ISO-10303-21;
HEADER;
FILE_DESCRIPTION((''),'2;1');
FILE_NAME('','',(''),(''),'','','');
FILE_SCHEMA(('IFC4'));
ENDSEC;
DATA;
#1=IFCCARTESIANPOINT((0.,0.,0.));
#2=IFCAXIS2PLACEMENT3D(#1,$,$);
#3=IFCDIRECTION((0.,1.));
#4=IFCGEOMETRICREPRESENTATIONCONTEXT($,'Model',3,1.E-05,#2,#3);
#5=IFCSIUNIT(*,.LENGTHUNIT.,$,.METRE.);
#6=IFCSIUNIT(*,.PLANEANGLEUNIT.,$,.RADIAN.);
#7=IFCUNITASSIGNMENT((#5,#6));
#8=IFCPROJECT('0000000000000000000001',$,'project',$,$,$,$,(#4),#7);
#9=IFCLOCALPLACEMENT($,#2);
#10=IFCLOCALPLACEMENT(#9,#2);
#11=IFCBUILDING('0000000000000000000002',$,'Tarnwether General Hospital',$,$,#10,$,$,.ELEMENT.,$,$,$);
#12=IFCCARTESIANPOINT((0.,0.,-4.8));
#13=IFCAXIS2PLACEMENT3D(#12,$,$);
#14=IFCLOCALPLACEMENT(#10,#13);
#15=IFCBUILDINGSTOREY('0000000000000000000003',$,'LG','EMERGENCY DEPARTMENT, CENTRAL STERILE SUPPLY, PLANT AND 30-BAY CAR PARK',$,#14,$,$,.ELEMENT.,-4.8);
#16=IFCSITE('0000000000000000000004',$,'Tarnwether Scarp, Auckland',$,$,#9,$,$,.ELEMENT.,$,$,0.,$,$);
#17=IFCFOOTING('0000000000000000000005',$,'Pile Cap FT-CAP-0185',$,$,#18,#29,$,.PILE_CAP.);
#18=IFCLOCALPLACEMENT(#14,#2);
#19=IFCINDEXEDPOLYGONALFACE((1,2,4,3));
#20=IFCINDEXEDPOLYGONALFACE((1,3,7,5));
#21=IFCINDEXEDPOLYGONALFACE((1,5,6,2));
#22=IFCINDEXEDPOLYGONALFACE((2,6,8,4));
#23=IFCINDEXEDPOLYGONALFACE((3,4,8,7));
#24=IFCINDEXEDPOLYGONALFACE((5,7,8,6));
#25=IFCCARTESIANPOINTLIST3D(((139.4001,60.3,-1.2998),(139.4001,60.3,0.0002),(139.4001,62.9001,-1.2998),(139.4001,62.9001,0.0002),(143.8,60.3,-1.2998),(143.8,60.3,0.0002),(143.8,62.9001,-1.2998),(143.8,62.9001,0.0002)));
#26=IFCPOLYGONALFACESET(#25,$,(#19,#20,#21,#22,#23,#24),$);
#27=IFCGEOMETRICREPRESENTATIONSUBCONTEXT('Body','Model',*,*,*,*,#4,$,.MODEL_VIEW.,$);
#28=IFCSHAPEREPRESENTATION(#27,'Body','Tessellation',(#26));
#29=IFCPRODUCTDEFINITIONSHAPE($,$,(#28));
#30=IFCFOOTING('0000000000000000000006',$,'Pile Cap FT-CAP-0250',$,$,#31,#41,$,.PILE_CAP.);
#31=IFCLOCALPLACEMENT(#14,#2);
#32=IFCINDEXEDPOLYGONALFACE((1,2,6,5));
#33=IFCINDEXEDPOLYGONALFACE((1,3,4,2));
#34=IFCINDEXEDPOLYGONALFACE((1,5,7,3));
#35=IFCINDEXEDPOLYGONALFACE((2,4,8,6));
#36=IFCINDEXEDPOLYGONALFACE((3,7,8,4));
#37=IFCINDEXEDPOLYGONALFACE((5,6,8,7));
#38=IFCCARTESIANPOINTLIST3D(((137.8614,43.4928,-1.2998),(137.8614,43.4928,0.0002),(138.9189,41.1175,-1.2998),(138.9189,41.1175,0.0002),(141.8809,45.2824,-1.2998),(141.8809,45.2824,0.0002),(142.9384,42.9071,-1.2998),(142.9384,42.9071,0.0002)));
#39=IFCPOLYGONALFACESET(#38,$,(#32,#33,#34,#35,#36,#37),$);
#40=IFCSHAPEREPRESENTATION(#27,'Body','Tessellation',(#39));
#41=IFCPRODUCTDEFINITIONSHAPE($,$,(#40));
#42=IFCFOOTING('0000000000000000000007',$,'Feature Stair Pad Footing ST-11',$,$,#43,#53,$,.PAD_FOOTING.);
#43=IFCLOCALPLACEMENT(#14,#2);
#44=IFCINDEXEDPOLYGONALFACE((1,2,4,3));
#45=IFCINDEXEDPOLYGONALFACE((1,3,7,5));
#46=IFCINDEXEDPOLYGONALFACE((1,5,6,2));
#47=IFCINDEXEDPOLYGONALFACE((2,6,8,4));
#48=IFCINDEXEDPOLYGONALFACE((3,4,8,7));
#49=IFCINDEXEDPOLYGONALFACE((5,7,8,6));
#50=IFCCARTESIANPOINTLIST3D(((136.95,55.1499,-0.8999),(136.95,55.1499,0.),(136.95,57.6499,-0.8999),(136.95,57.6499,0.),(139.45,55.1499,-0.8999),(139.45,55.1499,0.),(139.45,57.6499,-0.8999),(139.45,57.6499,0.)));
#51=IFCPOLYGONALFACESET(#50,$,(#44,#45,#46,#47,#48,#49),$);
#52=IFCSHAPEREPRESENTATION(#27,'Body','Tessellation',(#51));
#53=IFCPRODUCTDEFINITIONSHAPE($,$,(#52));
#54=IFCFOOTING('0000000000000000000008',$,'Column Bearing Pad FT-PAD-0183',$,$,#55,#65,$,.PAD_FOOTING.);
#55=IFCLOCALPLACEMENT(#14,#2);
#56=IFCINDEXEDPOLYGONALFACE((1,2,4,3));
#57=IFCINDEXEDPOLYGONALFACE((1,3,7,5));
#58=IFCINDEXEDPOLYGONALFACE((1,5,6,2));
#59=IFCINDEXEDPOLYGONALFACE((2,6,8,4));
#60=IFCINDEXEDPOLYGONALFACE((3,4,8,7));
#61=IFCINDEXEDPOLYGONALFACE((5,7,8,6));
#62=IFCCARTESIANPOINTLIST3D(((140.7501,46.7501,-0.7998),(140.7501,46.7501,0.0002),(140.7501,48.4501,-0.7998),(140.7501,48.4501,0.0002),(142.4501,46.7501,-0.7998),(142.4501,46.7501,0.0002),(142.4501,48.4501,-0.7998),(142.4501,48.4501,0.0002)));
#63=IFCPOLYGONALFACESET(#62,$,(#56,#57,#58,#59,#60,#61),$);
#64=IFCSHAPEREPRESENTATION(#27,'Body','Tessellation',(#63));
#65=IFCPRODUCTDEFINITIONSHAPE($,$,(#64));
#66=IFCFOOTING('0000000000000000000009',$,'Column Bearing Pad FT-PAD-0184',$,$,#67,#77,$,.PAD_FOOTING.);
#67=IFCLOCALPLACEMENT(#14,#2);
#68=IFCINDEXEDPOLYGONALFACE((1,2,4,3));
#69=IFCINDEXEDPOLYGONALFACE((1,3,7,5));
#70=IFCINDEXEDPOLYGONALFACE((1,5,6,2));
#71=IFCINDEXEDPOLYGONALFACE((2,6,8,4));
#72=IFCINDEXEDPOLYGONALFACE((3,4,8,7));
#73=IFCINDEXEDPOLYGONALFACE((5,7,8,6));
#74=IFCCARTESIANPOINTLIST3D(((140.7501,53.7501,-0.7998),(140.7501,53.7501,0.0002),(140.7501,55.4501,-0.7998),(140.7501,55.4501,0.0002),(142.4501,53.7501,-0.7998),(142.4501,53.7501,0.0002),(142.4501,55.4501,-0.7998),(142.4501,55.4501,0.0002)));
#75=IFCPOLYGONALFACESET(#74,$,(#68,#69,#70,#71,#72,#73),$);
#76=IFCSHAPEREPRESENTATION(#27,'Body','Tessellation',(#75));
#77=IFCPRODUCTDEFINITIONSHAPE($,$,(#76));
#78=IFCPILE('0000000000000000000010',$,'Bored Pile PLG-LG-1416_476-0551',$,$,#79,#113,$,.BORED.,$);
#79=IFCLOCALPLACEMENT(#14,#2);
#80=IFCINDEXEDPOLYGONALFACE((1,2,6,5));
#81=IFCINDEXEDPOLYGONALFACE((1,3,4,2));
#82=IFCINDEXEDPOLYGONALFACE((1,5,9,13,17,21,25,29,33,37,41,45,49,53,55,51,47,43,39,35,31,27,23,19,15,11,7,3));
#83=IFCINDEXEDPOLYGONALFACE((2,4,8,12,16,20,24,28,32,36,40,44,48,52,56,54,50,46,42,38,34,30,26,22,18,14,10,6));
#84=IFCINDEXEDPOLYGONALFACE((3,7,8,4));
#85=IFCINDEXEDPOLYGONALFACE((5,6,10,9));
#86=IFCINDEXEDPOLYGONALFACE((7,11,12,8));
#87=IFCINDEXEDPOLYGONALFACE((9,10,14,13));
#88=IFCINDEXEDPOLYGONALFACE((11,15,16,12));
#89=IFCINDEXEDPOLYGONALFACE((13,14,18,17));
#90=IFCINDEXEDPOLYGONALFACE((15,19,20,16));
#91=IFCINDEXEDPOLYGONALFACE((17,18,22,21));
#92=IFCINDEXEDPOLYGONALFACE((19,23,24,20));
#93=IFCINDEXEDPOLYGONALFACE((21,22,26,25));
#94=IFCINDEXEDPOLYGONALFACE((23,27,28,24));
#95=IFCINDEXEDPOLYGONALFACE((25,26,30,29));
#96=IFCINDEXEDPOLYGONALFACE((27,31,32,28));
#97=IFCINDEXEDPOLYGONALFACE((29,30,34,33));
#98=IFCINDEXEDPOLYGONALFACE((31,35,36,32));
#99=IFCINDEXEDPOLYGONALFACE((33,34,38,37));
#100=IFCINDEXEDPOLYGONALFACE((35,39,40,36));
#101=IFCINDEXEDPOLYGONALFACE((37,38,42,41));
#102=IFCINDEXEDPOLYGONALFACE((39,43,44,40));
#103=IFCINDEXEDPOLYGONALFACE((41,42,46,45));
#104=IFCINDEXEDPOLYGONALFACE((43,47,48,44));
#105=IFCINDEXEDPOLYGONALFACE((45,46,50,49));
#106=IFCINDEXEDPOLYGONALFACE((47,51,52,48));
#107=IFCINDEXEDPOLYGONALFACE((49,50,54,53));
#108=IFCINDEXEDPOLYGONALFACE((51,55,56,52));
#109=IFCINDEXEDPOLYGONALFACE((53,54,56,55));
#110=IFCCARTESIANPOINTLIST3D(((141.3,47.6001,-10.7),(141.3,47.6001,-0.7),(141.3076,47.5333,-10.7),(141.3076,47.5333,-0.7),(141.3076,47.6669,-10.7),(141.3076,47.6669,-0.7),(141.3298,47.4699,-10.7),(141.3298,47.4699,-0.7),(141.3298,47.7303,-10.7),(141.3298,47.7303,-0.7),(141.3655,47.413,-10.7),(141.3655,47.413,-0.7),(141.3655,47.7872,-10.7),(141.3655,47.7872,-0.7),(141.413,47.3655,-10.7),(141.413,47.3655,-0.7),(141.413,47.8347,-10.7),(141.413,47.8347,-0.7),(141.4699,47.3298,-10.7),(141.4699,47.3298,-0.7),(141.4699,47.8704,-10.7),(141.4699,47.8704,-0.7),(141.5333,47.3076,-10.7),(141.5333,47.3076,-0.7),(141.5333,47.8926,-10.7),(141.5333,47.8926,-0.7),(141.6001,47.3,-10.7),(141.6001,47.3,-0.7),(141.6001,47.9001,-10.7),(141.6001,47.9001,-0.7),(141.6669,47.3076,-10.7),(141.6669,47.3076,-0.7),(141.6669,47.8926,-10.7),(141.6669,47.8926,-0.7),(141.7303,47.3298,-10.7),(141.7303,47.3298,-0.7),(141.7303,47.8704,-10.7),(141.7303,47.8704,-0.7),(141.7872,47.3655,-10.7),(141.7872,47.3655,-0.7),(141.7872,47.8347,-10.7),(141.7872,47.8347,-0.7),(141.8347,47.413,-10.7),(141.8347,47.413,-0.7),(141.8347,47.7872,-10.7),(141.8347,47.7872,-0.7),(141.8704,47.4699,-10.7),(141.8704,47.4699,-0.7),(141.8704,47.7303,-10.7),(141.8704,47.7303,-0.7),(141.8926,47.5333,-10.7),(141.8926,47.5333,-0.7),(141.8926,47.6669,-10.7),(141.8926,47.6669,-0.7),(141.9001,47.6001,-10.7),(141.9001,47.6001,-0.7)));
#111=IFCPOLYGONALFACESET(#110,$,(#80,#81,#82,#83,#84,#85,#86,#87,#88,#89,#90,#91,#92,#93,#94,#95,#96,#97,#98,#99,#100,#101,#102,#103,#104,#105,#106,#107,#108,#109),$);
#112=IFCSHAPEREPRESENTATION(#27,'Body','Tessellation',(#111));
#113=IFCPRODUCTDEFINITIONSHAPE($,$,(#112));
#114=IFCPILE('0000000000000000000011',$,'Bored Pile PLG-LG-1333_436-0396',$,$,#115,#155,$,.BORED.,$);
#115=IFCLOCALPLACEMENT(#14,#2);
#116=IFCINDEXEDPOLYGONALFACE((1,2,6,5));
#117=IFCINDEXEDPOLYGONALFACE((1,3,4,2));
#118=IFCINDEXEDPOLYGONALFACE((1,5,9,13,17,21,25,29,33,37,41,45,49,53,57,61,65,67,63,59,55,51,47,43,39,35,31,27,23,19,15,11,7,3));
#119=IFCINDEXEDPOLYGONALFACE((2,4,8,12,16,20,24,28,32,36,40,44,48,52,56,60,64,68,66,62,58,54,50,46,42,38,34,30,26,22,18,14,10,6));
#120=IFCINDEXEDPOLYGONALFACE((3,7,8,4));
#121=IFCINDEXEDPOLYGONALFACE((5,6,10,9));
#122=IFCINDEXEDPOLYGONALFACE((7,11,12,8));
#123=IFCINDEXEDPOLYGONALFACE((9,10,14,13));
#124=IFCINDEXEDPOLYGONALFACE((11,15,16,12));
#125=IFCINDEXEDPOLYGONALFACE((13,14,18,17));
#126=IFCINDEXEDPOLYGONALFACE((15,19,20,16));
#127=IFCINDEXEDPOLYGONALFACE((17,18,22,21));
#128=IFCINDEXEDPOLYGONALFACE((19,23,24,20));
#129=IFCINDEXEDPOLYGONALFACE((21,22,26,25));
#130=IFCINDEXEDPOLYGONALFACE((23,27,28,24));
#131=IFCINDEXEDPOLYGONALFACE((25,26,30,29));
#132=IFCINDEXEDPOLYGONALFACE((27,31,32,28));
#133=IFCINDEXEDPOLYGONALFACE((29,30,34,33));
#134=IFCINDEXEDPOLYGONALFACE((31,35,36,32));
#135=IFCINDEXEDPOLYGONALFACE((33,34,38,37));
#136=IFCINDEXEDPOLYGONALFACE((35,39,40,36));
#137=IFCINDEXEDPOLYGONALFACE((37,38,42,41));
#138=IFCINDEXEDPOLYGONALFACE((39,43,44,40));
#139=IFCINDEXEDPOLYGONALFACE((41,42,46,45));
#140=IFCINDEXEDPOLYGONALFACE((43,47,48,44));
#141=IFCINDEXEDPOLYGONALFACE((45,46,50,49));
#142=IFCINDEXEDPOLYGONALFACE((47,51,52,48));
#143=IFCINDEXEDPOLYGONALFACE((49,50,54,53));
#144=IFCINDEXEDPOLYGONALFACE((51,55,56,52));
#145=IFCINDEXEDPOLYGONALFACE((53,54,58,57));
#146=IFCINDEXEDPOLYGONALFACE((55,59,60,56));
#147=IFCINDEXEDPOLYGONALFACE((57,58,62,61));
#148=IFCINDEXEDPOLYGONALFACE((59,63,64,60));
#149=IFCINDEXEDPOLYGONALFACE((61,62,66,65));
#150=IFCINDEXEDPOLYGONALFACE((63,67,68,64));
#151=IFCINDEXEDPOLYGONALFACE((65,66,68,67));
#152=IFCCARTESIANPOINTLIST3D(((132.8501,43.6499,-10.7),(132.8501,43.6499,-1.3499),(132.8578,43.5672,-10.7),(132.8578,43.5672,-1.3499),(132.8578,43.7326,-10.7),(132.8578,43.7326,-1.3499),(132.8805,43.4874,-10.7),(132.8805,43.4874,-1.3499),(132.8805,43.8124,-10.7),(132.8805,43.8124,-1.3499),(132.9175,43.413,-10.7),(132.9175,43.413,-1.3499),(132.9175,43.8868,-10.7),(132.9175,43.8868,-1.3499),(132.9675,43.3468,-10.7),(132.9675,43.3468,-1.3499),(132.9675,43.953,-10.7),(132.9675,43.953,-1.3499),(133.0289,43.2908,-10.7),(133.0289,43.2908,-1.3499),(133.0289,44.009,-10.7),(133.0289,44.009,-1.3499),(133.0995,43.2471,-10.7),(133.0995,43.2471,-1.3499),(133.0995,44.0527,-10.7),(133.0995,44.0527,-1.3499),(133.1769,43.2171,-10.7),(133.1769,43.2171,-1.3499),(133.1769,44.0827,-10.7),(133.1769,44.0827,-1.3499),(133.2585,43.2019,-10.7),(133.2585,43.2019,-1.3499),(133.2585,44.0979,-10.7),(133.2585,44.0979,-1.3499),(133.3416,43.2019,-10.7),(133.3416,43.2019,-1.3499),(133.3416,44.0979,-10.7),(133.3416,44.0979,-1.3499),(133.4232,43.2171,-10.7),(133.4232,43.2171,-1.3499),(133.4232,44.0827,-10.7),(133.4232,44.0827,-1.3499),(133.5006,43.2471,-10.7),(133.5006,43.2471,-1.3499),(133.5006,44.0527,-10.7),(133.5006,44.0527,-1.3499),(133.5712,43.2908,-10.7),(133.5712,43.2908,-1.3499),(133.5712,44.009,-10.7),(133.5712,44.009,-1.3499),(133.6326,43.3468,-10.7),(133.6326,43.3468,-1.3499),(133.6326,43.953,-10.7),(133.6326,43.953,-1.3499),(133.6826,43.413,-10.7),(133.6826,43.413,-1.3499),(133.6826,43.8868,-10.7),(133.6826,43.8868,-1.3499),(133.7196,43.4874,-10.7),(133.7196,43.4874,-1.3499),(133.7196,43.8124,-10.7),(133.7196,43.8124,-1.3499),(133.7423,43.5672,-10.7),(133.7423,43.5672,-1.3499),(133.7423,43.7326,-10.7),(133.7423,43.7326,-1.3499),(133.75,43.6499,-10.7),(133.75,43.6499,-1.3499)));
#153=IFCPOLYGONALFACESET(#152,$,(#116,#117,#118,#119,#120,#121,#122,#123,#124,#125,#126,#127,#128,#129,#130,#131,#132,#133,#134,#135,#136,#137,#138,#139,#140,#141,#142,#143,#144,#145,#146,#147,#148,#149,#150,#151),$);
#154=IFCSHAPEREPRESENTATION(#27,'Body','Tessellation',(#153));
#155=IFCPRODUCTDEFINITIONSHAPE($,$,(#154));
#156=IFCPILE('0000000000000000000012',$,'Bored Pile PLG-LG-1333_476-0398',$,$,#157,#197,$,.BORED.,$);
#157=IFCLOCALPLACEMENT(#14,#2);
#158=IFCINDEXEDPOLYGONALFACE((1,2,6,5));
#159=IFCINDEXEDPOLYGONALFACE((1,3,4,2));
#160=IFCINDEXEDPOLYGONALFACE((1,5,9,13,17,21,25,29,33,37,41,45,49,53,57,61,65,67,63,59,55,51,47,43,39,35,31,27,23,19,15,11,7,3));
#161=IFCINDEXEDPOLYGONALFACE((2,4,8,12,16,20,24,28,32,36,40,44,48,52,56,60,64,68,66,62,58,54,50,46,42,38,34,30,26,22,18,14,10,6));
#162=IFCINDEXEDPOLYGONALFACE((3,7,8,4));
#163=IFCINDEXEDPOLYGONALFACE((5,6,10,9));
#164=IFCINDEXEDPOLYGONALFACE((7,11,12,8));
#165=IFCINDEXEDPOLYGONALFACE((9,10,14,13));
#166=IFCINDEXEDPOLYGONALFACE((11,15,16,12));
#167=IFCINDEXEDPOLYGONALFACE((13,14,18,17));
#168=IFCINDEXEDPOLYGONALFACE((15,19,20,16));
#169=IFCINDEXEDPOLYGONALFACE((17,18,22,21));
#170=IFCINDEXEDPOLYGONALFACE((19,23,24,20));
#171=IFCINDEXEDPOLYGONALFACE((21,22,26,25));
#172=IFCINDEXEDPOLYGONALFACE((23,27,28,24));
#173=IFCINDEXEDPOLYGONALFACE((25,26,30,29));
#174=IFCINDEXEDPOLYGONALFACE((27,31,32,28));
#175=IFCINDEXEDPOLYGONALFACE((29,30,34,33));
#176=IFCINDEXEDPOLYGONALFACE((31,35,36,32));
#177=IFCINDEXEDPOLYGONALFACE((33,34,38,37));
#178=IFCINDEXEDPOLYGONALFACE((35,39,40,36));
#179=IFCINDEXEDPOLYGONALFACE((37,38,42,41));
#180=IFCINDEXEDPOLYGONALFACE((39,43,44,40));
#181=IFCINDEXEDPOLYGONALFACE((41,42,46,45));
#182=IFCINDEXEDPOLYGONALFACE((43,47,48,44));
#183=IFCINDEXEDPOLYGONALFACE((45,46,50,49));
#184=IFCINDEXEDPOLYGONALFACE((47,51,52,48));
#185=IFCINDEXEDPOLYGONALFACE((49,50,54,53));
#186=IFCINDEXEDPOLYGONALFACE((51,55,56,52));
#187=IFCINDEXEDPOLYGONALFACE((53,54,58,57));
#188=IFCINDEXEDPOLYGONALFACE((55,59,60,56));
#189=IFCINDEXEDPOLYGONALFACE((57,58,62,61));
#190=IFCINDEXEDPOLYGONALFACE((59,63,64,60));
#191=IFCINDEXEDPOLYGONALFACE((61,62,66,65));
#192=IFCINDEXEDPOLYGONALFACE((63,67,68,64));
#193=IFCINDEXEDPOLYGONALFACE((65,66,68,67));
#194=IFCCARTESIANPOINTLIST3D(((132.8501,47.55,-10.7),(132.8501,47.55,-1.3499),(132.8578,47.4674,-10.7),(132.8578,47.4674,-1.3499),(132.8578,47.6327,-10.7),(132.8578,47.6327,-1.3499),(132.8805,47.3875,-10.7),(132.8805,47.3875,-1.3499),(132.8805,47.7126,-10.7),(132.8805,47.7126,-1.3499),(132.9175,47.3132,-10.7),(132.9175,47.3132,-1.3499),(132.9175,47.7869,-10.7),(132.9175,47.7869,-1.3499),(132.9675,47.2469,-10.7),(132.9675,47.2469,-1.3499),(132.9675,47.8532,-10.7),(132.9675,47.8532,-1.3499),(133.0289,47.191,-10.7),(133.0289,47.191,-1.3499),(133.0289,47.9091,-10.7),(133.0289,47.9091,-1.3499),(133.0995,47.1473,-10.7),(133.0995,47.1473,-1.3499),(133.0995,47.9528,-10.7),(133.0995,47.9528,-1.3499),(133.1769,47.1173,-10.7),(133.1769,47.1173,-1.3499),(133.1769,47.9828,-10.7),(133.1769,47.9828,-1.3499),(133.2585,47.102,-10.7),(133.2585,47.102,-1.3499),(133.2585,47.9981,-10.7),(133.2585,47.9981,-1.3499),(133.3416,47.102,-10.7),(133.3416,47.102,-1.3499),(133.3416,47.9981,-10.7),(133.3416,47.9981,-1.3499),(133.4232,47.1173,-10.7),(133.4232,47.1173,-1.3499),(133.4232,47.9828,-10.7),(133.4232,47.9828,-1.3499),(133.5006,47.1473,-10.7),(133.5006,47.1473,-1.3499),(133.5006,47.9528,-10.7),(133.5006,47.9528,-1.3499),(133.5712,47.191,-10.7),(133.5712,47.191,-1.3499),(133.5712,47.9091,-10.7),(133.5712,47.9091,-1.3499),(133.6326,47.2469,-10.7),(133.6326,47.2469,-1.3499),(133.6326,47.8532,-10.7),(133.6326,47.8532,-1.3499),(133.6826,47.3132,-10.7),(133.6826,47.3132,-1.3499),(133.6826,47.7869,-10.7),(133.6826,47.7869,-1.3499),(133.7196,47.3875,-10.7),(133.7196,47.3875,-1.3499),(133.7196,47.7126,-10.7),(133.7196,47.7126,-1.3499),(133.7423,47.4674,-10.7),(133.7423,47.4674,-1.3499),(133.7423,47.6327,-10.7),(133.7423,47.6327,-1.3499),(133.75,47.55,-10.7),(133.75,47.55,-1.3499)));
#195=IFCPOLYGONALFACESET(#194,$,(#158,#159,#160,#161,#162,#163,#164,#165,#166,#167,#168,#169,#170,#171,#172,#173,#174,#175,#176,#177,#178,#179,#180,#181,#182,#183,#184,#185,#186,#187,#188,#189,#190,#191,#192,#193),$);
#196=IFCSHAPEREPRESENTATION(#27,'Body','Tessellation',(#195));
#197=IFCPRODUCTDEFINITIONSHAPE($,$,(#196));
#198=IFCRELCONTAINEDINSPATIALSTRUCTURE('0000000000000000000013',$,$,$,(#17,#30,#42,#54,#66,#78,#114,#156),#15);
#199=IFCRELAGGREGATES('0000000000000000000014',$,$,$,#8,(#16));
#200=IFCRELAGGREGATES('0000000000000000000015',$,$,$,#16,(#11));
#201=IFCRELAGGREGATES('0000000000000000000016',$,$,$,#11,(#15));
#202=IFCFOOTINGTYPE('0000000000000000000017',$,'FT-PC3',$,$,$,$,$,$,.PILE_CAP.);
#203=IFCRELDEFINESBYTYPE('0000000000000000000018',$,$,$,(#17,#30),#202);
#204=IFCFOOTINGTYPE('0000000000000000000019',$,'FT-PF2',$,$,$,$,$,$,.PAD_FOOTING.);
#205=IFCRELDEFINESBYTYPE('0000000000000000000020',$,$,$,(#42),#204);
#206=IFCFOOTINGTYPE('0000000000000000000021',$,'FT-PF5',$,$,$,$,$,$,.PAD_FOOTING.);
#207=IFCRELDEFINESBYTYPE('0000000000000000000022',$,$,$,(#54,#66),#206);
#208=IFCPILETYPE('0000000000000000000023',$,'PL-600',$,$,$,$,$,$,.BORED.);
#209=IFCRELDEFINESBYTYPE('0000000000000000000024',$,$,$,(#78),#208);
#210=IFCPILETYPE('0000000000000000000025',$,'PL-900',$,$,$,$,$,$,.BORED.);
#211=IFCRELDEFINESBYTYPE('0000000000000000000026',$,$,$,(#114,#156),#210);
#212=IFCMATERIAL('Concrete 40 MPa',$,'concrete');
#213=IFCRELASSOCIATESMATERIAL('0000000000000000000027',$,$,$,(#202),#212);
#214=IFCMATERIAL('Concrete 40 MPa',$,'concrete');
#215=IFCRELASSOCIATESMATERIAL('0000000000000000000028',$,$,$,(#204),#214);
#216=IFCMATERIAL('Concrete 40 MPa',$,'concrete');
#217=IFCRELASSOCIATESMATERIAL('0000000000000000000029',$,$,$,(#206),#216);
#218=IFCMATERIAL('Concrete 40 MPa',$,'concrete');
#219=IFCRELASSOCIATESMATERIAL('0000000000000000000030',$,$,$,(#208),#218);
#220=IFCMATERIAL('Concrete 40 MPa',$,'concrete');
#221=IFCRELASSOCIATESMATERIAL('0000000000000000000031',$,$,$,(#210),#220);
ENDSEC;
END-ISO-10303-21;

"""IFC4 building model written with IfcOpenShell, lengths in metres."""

from ifc_helpers import new_model, si_unit, direction, frame, origin, origin_2d, place, context, subcontext, project, spatial, rectangle, circle, extrude, material, material_profile, profile_set, type_object, element, save


model = new_model("IFC4")

# Units and contexts
model_context = context("Model", 3, precision=1e-05, world=origin(), true_north=direction((0.0, 1.0)))
body_context = subcontext(model_context, "Body", "Model", "MODEL_VIEW")
ifc_project = project(units=[si_unit("LENGTHUNIT", "METRE"), si_unit("PLANEANGLEUNIT", "RADIAN")], contexts=[model_context])

# Site, building, storey
site_placement = place(None, origin())
site = spatial("IfcSite", under=ifc_project, at=site_placement, Name="Tarnwether Scarp, Auckland", CompositionType="ELEMENT", RefElevation=0.0)
building_placement = place(site_placement, origin())
building = spatial("IfcBuilding", under=site, at=building_placement, Name="Tarnwether General Hospital", CompositionType="ELEMENT")
storey_placement = place(building_placement, frame((0.0, 0.0, -4.8)))
storey = spatial("IfcBuildingStorey", under=building, at=storey_placement, Name="LG", Description="EMERGENCY DEPARTMENT, CENTRAL STERILE SUPPLY, PLANT AND 30-BAY CAR PARK", CompositionType="ELEMENT", Elevation=-4.8)

# Footings
ifc_material_1 = material(Name="Concrete 40 MPa", Category="concrete")
footing_type_1 = type_object("IfcFootingType", Name="FT-PC3", PredefinedType="PILE_CAP", material=ifc_material_1)
for number, where, z_axis, x_axis, name in (
    (1, (141.6001, 61.6001, -1.2998), (0.0, 0.0, 1.0), (1.0, 0.0, 0.0), "Pile Cap FT-CAP-0185"),
    (2, (140.3999, 43.2, -1.2998), (0.0, 0.0, 1.0), (0.913545, 0.406737, 0.0), "Pile Cap FT-CAP-0250"),
):
    element("IfcFooting", number, at=place(storey_placement, frame(where, z_axis=z_axis, x_axis=x_axis)), inside=storey, type_object=footing_type_1, Name=name, PredefinedType="PILE_CAP", context=body_context, shape_type="SweptSolid", body=[
        extrude(rectangle(XDim=4.3999, YDim=2.6001, at=origin_2d()), origin(), (0.0, 0.0, 1.0), 1.3),
    ])
ifc_material_2 = material(Name="Concrete 40 MPa", Category="concrete")
footing_type_2 = type_object("IfcFootingType", Name="FT-PF2", PredefinedType="PAD_FOOTING", material=ifc_material_2)
footing_placement = place(storey_placement, frame((138.2, 56.3999, -0.8999), z_axis=(0.0, 0.0, 1.0), x_axis=(0.0, 1.0, 0.0)))
element("IfcFooting", 3, at=footing_placement, inside=storey, type_object=footing_type_2, Name="Feature Stair Pad Footing ST-11", PredefinedType="PAD_FOOTING", context=body_context, shape_type="SweptSolid", body=[
    extrude(rectangle(XDim=2.5, YDim=2.5, at=origin_2d()), origin(), (0.0, 0.0, 1.0), 0.8999),
])
ifc_material_3 = material(Name="Concrete 40 MPa", Category="concrete")
footing_type_3 = type_object("IfcFootingType", Name="FT-PF5", PredefinedType="PAD_FOOTING", material=ifc_material_3)
for number, where, z_axis, x_axis, name in (
    (4, (141.6001, 47.6001, -0.7998), (0.0, 0.0, 1.0), (1.0, 0.0, 0.0), "Column Bearing Pad FT-PAD-0183"),
    (5, (141.6001, 54.6001, -0.7998), (0.0, 0.0, 1.0), (1.0, 0.0, 0.0), "Column Bearing Pad FT-PAD-0184"),
):
    element("IfcFooting", number, at=place(storey_placement, frame(where, z_axis=z_axis, x_axis=x_axis)), inside=storey, type_object=footing_type_3, Name=name, PredefinedType="PAD_FOOTING", context=body_context, shape_type="SweptSolid", body=[
        extrude(rectangle(XDim=1.7, YDim=1.7, at=origin_2d()), origin(), (0.0, 0.0, 1.0), 0.8),
    ])

# Piles
ifc_material_4 = material(Name="Concrete 40 MPa", Category="concrete")
ifc_material_profile_1 = material_profile(ifc_material_4, circle(Radius=0.3, at=origin_2d()), Name="PILE-D600")
ifc_profile_set_1 = profile_set([ifc_material_profile_1], Name="Concrete 40 MPa")
pile_type_1 = type_object("IfcPileType", Name="PL-600", PredefinedType="BORED", material=ifc_profile_set_1)
pile_placement = place(storey_placement, frame((141.6001, 47.6001, -0.7), z_axis=(0.0, 0.0, -1.0), x_axis=(1.0, 0.0, 0.0)))
element("IfcPile", 6, at=pile_placement, inside=storey, type_object=pile_type_1, Name="Bored Pile PLG-LG-1416_476-0551", PredefinedType="BORED", context=body_context, shape_type="SweptSolid", body=[
    extrude(circle(Radius=0.3, at=origin_2d()), origin(), (0.0, 0.0, 1.0), 10.0),
])
ifc_material_5 = material(Name="Concrete 40 MPa", Category="concrete")
ifc_material_profile_2 = material_profile(ifc_material_5, circle(Radius=0.45, at=origin_2d()), Name="PILE-D900")
ifc_profile_set_2 = profile_set([ifc_material_profile_2], Name="Concrete 40 MPa")
pile_type_2 = type_object("IfcPileType", Name="PL-900", PredefinedType="BORED", material=ifc_profile_set_2)
for number, where, z_axis, x_axis, name in (
    (7, (133.3, 43.6499, -1.3499), (0.0, 0.0, -1.0), (1.0, 0.0, 0.0), "Bored Pile PLG-LG-1333_436-0396"),
    (8, (133.3, 47.55, -1.3499), (0.0, 0.0, -1.0), (1.0, 0.0, 0.0), "Bored Pile PLG-LG-1333_476-0398"),
):
    element("IfcPile", number, at=place(storey_placement, frame(where, z_axis=z_axis, x_axis=x_axis)), inside=storey, type_object=pile_type_2, Name=name, PredefinedType="BORED", context=body_context, shape_type="SweptSolid", body=[
        extrude(circle(Radius=0.45, at=origin_2d()), origin(), (0.0, 0.0, 1.0), 9.3501),
    ])

save(model, "model.ifc")
